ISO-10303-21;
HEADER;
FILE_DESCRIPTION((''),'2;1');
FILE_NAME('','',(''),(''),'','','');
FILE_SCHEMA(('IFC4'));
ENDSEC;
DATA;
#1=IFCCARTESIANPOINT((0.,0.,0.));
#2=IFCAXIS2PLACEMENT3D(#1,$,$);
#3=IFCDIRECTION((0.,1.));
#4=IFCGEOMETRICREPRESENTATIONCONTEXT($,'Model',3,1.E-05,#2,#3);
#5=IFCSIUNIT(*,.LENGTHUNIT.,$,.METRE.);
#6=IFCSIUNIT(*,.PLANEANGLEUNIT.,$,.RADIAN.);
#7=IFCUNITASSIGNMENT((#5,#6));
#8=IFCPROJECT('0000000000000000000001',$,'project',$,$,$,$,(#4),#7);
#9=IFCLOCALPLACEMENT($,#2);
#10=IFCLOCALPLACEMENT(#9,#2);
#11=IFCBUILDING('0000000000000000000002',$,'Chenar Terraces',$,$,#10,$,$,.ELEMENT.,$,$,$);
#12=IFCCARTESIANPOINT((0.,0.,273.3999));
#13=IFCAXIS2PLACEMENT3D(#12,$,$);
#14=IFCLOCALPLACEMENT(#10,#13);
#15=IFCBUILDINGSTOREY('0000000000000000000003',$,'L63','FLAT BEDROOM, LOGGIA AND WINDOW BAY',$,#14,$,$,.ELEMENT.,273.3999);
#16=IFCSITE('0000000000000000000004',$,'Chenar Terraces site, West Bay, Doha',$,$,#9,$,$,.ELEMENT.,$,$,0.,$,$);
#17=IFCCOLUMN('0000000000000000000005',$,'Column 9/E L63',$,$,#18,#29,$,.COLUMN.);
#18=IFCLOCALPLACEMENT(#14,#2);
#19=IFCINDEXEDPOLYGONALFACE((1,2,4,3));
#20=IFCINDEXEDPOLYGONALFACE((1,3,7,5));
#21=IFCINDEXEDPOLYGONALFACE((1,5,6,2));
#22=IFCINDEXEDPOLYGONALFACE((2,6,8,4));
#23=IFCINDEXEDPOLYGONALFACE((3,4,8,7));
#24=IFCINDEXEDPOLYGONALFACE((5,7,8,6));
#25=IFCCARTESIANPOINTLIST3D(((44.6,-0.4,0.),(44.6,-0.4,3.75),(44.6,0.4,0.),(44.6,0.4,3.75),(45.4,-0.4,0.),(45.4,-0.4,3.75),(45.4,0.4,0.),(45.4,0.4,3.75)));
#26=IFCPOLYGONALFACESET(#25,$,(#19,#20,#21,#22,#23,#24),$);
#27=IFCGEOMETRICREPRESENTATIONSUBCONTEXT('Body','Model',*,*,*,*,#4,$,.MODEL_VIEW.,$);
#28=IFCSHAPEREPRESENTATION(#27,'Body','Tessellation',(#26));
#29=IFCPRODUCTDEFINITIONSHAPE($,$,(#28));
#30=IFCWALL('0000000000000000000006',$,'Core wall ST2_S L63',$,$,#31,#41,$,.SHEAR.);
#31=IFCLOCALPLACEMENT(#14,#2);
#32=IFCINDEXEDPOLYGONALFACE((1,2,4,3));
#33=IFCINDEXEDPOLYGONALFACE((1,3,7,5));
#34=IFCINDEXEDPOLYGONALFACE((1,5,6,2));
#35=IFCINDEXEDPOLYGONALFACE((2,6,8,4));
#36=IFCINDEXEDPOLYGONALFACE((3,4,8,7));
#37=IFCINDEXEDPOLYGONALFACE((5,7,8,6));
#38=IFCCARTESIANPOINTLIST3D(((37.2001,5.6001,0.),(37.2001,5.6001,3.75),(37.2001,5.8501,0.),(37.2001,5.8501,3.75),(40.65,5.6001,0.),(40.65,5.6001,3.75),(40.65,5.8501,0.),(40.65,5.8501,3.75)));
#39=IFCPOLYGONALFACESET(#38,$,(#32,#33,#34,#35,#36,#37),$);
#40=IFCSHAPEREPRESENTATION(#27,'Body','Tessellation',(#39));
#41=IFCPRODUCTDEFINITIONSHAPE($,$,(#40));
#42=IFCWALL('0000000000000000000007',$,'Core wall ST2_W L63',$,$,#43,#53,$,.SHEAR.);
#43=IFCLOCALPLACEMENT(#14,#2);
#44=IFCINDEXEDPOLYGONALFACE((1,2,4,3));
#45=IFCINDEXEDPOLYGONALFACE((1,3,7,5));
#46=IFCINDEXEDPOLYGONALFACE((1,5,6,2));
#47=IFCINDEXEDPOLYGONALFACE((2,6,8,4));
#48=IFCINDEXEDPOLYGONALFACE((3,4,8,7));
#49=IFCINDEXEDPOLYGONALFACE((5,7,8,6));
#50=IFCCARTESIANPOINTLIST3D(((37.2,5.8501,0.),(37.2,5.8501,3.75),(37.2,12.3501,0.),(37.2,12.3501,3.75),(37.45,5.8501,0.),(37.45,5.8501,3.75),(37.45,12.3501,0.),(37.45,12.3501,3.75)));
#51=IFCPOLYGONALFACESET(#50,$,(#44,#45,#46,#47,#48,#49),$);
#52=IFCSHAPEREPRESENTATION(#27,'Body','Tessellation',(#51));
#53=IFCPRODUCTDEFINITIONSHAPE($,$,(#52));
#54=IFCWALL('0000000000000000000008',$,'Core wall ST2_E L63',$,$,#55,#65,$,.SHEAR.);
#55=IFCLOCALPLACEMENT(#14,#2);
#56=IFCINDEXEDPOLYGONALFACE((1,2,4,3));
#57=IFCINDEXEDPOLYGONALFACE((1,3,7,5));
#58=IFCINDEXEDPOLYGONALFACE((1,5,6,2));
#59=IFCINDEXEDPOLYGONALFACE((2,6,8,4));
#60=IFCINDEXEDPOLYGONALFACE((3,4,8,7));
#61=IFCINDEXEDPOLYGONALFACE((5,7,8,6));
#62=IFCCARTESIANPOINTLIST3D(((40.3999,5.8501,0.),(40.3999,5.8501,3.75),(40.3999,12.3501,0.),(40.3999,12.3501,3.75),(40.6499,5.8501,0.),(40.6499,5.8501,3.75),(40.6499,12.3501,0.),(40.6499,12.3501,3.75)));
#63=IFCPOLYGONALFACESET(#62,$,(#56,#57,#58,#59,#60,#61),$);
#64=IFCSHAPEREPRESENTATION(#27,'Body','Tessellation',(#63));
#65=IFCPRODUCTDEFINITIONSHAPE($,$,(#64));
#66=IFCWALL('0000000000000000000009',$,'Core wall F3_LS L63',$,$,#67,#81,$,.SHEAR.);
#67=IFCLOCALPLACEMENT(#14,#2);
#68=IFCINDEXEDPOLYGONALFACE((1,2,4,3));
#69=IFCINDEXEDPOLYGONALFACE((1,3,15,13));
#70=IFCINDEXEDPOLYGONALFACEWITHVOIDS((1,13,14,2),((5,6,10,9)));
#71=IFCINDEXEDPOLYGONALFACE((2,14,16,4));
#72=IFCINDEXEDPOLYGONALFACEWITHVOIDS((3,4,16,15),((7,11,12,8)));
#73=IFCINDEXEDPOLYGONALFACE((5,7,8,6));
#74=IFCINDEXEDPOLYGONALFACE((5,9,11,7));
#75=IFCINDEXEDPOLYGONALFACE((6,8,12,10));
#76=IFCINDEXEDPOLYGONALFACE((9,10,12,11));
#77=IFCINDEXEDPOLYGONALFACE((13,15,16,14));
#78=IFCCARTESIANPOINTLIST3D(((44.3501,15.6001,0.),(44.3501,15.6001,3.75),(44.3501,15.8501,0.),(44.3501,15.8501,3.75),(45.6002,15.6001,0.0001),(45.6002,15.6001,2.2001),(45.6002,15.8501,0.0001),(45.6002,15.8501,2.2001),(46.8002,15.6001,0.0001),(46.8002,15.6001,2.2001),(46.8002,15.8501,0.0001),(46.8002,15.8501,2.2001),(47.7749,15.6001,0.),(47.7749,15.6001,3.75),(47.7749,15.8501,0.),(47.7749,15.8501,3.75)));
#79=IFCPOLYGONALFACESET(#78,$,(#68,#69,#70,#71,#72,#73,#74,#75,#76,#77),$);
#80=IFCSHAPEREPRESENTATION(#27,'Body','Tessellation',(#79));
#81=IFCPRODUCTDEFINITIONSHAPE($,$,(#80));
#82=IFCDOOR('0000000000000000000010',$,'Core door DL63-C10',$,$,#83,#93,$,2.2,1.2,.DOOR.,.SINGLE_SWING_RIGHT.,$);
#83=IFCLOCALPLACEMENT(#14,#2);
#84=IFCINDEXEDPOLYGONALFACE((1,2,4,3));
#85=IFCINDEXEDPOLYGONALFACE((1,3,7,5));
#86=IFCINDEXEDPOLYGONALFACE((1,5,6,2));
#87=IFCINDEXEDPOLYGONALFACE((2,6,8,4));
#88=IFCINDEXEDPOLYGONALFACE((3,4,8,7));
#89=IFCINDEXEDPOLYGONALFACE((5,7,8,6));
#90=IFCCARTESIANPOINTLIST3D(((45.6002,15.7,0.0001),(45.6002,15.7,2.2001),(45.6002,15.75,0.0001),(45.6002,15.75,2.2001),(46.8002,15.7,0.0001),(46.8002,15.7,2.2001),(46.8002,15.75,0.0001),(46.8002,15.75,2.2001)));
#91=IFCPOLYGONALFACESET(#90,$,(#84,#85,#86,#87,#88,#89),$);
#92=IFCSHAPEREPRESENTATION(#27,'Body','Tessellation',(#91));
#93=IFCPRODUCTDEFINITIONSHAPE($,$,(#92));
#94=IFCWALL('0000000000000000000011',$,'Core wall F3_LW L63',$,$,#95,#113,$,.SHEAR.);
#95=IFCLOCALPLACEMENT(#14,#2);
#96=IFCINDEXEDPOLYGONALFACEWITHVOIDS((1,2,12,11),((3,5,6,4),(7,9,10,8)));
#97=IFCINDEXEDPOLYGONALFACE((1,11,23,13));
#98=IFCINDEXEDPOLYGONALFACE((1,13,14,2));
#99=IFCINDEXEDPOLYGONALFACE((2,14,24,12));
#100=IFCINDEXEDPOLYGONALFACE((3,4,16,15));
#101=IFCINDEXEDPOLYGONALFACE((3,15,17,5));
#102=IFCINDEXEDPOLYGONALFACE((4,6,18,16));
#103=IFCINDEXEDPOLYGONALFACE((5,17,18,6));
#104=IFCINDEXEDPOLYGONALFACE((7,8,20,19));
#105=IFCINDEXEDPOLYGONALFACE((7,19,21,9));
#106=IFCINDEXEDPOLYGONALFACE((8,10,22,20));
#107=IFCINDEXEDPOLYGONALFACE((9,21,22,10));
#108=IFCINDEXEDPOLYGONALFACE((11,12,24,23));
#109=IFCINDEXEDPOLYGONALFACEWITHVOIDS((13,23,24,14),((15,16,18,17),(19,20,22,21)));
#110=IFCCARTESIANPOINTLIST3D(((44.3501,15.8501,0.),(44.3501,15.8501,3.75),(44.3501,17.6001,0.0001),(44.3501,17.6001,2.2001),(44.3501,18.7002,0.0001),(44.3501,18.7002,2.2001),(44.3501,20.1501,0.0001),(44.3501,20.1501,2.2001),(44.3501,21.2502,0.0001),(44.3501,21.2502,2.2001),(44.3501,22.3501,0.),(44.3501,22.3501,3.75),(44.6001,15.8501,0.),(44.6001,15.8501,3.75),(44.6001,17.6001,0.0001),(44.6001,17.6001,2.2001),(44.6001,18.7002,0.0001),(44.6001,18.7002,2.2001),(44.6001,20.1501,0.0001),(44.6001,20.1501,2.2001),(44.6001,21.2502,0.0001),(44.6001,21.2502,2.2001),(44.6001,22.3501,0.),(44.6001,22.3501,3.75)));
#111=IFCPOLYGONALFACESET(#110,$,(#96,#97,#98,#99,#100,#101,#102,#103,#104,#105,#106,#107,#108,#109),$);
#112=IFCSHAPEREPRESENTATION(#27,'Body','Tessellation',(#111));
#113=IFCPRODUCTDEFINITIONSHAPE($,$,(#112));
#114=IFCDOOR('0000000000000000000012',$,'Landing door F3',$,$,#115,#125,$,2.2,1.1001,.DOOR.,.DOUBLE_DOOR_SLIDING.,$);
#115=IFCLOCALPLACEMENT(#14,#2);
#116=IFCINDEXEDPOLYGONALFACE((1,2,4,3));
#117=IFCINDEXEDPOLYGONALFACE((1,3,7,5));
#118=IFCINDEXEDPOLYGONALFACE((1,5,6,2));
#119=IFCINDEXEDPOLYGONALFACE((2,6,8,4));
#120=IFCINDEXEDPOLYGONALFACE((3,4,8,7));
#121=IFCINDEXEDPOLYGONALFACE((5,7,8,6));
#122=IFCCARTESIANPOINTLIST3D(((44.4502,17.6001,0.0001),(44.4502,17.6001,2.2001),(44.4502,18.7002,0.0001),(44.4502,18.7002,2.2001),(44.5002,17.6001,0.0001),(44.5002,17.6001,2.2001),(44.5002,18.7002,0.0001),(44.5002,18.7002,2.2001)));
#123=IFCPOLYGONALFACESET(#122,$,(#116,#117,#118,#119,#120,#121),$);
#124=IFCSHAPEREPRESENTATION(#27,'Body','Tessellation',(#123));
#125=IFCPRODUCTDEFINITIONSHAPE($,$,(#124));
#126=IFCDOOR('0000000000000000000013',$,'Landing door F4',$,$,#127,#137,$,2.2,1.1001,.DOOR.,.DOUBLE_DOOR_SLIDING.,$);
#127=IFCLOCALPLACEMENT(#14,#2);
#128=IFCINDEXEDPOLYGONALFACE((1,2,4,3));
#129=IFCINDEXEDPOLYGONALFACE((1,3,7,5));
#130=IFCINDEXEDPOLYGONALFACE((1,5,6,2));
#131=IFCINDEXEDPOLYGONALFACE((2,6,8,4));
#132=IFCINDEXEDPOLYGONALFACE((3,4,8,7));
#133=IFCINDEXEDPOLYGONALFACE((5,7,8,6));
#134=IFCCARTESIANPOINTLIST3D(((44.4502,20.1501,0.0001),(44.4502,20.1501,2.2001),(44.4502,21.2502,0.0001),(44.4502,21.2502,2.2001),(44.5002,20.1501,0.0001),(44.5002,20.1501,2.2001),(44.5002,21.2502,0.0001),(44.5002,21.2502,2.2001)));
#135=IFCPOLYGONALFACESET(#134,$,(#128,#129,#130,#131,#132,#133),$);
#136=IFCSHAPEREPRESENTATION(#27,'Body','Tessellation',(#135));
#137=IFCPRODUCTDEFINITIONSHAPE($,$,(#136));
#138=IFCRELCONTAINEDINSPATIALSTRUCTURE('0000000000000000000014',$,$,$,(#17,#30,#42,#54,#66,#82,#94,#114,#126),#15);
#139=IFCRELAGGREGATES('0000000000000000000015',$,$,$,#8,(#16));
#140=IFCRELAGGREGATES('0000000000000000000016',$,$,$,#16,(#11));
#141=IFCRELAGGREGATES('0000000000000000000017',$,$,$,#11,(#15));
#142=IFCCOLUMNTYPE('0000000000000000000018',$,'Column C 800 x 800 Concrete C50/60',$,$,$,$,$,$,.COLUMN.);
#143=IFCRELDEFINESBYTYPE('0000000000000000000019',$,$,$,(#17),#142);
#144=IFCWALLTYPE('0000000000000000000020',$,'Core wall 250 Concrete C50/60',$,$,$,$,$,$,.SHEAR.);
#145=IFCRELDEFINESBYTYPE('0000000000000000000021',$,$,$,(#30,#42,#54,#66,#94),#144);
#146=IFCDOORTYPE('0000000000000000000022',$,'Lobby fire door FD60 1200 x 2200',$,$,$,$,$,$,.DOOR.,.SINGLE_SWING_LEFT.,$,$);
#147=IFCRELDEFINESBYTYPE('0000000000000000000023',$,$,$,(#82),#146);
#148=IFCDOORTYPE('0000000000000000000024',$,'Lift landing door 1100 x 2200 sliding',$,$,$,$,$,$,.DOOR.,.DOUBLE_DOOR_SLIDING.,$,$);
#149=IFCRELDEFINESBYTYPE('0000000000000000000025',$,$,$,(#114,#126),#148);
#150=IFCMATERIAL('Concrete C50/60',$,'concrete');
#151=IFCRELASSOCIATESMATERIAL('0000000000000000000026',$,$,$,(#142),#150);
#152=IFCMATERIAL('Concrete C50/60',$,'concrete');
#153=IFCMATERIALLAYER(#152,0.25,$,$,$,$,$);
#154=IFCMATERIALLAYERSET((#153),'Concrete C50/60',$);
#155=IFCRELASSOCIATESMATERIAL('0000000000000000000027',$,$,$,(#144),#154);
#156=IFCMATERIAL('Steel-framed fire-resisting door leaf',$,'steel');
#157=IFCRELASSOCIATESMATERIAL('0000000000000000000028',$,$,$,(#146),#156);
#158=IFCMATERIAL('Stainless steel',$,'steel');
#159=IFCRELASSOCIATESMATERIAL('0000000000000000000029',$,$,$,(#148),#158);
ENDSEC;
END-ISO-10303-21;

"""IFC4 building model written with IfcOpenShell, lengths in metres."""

from ifc_helpers import new_model, si_unit, direction, frame, frame_2d, origin, origin_2d, place, context, subcontext, project, spatial, rectangle, extrude, material, layer, layer_set, material_profile, profile_set, type_object, element, fill, save


model = new_model("IFC4")

# Units and contexts
model_context = context("Model", 3, precision=1e-05, world=origin(), true_north=direction((0.0, 1.0)))
body_context = subcontext(model_context, "Body", "Model", "MODEL_VIEW")
ifc_project = project(units=[si_unit("LENGTHUNIT", "METRE"), si_unit("PLANEANGLEUNIT", "RADIAN")], contexts=[model_context])

# Site, building, storey
site_placement = place(None, origin())
site = spatial("IfcSite", under=ifc_project, at=site_placement, Name="Chenar Terraces site, West Bay, Doha", CompositionType="ELEMENT", RefElevation=0.0)
building_placement = place(site_placement, origin())
building = spatial("IfcBuilding", under=site, at=building_placement, Name="Chenar Terraces", CompositionType="ELEMENT")
storey_placement = place(building_placement, frame((0.0, 0.0, 273.3999)))
storey = spatial("IfcBuildingStorey", under=building, at=storey_placement, Name="L63", Description="FLAT BEDROOM, LOGGIA AND WINDOW BAY", CompositionType="ELEMENT", Elevation=273.3999)

# Column
ifc_material_1 = material(Name="Concrete C50/60", Category="concrete")
ifc_material_profile_1 = material_profile(ifc_material_1, rectangle(XDim=0.8, YDim=0.8, at=origin_2d()), Name="C 800 x 800")
ifc_profile_set_1 = profile_set([ifc_material_profile_1], Name="Concrete C50/60")
column_type = type_object("IfcColumnType", Name="Column C 800 x 800 Concrete C50/60", PredefinedType="COLUMN", material=ifc_profile_set_1)
column_placement = place(storey_placement, frame((45.0, 0.0, 0.0), z_axis=(0.0, 0.0, 1.0), x_axis=(1.0, 0.0, 0.0)))
element("IfcColumn", 1, at=column_placement, inside=storey, type_object=column_type, Name="Column 9/E L63", PredefinedType="COLUMN", context=body_context, shape_type="SweptSolid", body=[
    extrude(rectangle(XDim=0.8, YDim=0.8, at=origin_2d()), origin(), (0.0, 0.0, 1.0), 3.75),
])

# Walls
ifc_material_2 = material(Name="Concrete C50/60", Category="concrete")
ifc_layer_1 = layer(ifc_material_2, 0.25)
ifc_layer_set_1 = layer_set([ifc_layer_1], Name="Concrete C50/60")
wall_type_1 = type_object("IfcWallType", Name="Core wall 250 Concrete C50/60", PredefinedType="SHEAR", material=ifc_layer_set_1)
wall_1_placement = place(storey_placement, frame((37.2, 5.7251, 0.0), z_axis=(0.0, 0.0, 1.0), x_axis=(1.0, 0.0, 0.0)))
element("IfcWall", 2, at=wall_1_placement, inside=storey, type_object=wall_type_1, Name="Core wall ST2_S L63", PredefinedType="SHEAR", context=body_context, shape_type="SweptSolid", body=[
    extrude(rectangle(XDim=3.45, YDim=0.25, at=frame_2d((1.7251, 0.0))), origin(), (0.0, 0.0, 1.0), 3.75),
])
for number, where, z_axis, x_axis, name in (
    (3, (37.325, 5.8501, 0.0), (0.0, 0.0, 1.0), (0.0, 1.0, 0.0), "Core wall ST2_W L63"),
    (4, (40.5249, 5.8501, 0.0), (0.0, 0.0, 1.0), (0.0, 1.0, 0.0), "Core wall ST2_E L63"),
):
    element("IfcWall", number, at=place(storey_placement, frame(where, z_axis=z_axis, x_axis=x_axis)), inside=storey, type_object=wall_type_1, Name=name, PredefinedType="SHEAR", context=body_context, shape_type="SweptSolid", body=[
        extrude(rectangle(XDim=6.5, YDim=0.25, at=frame_2d((3.25, 0.0))), origin(), (0.0, 0.0, 1.0), 3.75),
    ])

# Wall, opening, door
wall_2_placement = place(storey_placement, frame((44.3501, 15.7251, 0.0), z_axis=(0.0, 0.0, 1.0), x_axis=(1.0, 0.0, 0.0)))
wall_2 = element("IfcWall", 5, at=wall_2_placement, inside=storey, type_object=wall_type_1, Name="Core wall F3_LS L63", PredefinedType="SHEAR", context=body_context, shape_type="SweptSolid", body=[
    extrude(rectangle(XDim=3.4248, YDim=0.25, at=frame_2d((1.7124, 0.0))), origin(), (0.0, 0.0, 1.0), 3.75),
])
opening_1_placement = place(wall_2_placement, frame((1.25, 0.0, 0.0)))
opening_1 = element("IfcOpeningElement", 6, at=opening_1_placement, cuts=wall_2, PredefinedType="OPENING", context=body_context, shape_type="SweptSolid", body=[
    extrude(rectangle(XDim=1.2, YDim=2.2, at=frame_2d((0.6001, 1.1001))), frame((0.0, 0.135, 0.0), z_axis=(0.0, -1.0, 0.0), x_axis=(1.0, 0.0, 0.0)), (0.0, 0.0, 1.0), 0.27),
])
ifc_material_3 = material(Name="Steel-framed fire-resisting door leaf", Category="steel")
door_type_1 = type_object("IfcDoorType", Name="Lobby fire door FD60 1200 x 2200", OperationType="SINGLE_SWING_LEFT", PredefinedType="DOOR", material=ifc_material_3)
door_1_placement = place(opening_1_placement, origin())
door_1 = element("IfcDoor", 7, at=door_1_placement, inside=storey, type_object=door_type_1, Name="Core door DL63-C10", OperationType="SINGLE_SWING_RIGHT", OverallHeight=2.2, OverallWidth=1.2, PredefinedType="DOOR", context=body_context, shape_type="SweptSolid", body=[
    extrude(rectangle(XDim=1.2, YDim=2.2, at=frame_2d((0.6001, 1.1001))), frame((0.0, 0.0249, 0.0), z_axis=(0.0, -1.0, 0.0), x_axis=(1.0, 0.0, 0.0)), (0.0, 0.0, 1.0), 0.05),
])
fill(opening_1, door_1)

# Wall, openings, doors
wall_3_placement = place(storey_placement, frame((44.4751, 15.8501, 0.0), z_axis=(0.0, 0.0, 1.0), x_axis=(0.0, 1.0, 0.0)))
wall_3 = element("IfcWall", 8, at=wall_3_placement, inside=storey, type_object=wall_type_1, Name="Core wall F3_LW L63", PredefinedType="SHEAR", context=body_context, shape_type="SweptSolid", body=[
    extrude(rectangle(XDim=6.5, YDim=0.25, at=frame_2d((3.25, 0.0))), origin(), (0.0, 0.0, 1.0), 3.75),
])
opening_2_placement = place(wall_3_placement, frame((1.75, 0.0, 0.0)))
opening_2 = element("IfcOpeningElement", 9, at=opening_2_placement, cuts=wall_3, PredefinedType="OPENING", context=body_context, shape_type="SweptSolid", body=[
    extrude(rectangle(XDim=1.1001, YDim=2.2, at=frame_2d((0.55, 1.1001))), frame((0.0, 0.135, 0.0), z_axis=(0.0, -1.0, 0.0), x_axis=(1.0, 0.0, 0.0)), (0.0, 0.0, 1.0), 0.27),
])
opening_3_placement = place(wall_3_placement, frame((4.3, 0.0, 0.0)))
opening_3 = element("IfcOpeningElement", 10, at=opening_3_placement, cuts=wall_3, PredefinedType="OPENING", context=body_context, shape_type="SweptSolid", body=[
    extrude(rectangle(XDim=1.1001, YDim=2.2, at=frame_2d((0.55, 1.1001))), frame((0.0, 0.135, 0.0), z_axis=(0.0, -1.0, 0.0), x_axis=(1.0, 0.0, 0.0)), (0.0, 0.0, 1.0), 0.27),
])
ifc_material_4 = material(Name="Stainless steel", Category="steel")
door_type_2 = type_object("IfcDoorType", Name="Lift landing door 1100 x 2200 sliding", OperationType="DOUBLE_DOOR_SLIDING", PredefinedType="DOOR", material=ifc_material_4)
door_2_placement = place(opening_2_placement, origin())
door_2 = element("IfcDoor", 11, at=door_2_placement, inside=storey, type_object=door_type_2, Name="Landing door F3", OperationType="DOUBLE_DOOR_SLIDING", OverallHeight=2.2, OverallWidth=1.1001, PredefinedType="DOOR", context=body_context, shape_type="SweptSolid", body=[
    extrude(rectangle(XDim=1.1001, YDim=2.2, at=frame_2d((0.55, 1.1001))), frame((0.0, 0.0249, 0.0), z_axis=(0.0, -1.0, 0.0), x_axis=(1.0, 0.0, 0.0)), (0.0, 0.0, 1.0), 0.05),
])
fill(opening_2, door_2)
door_3_placement = place(opening_3_placement, origin())
door_3 = element("IfcDoor", 12, at=door_3_placement, inside=storey, type_object=door_type_2, Name="Landing door F4", OperationType="DOUBLE_DOOR_SLIDING", OverallHeight=2.2, OverallWidth=1.1001, PredefinedType="DOOR", context=body_context, shape_type="SweptSolid", body=[
    extrude(rectangle(XDim=1.1001, YDim=2.2, at=frame_2d((0.55, 1.1001))), frame((0.0, 0.0249, 0.0), z_axis=(0.0, -1.0, 0.0), x_axis=(1.0, 0.0, 0.0)), (0.0, 0.0, 1.0), 0.05),
])
fill(opening_3, door_3)

save(model, "model.ifc")
